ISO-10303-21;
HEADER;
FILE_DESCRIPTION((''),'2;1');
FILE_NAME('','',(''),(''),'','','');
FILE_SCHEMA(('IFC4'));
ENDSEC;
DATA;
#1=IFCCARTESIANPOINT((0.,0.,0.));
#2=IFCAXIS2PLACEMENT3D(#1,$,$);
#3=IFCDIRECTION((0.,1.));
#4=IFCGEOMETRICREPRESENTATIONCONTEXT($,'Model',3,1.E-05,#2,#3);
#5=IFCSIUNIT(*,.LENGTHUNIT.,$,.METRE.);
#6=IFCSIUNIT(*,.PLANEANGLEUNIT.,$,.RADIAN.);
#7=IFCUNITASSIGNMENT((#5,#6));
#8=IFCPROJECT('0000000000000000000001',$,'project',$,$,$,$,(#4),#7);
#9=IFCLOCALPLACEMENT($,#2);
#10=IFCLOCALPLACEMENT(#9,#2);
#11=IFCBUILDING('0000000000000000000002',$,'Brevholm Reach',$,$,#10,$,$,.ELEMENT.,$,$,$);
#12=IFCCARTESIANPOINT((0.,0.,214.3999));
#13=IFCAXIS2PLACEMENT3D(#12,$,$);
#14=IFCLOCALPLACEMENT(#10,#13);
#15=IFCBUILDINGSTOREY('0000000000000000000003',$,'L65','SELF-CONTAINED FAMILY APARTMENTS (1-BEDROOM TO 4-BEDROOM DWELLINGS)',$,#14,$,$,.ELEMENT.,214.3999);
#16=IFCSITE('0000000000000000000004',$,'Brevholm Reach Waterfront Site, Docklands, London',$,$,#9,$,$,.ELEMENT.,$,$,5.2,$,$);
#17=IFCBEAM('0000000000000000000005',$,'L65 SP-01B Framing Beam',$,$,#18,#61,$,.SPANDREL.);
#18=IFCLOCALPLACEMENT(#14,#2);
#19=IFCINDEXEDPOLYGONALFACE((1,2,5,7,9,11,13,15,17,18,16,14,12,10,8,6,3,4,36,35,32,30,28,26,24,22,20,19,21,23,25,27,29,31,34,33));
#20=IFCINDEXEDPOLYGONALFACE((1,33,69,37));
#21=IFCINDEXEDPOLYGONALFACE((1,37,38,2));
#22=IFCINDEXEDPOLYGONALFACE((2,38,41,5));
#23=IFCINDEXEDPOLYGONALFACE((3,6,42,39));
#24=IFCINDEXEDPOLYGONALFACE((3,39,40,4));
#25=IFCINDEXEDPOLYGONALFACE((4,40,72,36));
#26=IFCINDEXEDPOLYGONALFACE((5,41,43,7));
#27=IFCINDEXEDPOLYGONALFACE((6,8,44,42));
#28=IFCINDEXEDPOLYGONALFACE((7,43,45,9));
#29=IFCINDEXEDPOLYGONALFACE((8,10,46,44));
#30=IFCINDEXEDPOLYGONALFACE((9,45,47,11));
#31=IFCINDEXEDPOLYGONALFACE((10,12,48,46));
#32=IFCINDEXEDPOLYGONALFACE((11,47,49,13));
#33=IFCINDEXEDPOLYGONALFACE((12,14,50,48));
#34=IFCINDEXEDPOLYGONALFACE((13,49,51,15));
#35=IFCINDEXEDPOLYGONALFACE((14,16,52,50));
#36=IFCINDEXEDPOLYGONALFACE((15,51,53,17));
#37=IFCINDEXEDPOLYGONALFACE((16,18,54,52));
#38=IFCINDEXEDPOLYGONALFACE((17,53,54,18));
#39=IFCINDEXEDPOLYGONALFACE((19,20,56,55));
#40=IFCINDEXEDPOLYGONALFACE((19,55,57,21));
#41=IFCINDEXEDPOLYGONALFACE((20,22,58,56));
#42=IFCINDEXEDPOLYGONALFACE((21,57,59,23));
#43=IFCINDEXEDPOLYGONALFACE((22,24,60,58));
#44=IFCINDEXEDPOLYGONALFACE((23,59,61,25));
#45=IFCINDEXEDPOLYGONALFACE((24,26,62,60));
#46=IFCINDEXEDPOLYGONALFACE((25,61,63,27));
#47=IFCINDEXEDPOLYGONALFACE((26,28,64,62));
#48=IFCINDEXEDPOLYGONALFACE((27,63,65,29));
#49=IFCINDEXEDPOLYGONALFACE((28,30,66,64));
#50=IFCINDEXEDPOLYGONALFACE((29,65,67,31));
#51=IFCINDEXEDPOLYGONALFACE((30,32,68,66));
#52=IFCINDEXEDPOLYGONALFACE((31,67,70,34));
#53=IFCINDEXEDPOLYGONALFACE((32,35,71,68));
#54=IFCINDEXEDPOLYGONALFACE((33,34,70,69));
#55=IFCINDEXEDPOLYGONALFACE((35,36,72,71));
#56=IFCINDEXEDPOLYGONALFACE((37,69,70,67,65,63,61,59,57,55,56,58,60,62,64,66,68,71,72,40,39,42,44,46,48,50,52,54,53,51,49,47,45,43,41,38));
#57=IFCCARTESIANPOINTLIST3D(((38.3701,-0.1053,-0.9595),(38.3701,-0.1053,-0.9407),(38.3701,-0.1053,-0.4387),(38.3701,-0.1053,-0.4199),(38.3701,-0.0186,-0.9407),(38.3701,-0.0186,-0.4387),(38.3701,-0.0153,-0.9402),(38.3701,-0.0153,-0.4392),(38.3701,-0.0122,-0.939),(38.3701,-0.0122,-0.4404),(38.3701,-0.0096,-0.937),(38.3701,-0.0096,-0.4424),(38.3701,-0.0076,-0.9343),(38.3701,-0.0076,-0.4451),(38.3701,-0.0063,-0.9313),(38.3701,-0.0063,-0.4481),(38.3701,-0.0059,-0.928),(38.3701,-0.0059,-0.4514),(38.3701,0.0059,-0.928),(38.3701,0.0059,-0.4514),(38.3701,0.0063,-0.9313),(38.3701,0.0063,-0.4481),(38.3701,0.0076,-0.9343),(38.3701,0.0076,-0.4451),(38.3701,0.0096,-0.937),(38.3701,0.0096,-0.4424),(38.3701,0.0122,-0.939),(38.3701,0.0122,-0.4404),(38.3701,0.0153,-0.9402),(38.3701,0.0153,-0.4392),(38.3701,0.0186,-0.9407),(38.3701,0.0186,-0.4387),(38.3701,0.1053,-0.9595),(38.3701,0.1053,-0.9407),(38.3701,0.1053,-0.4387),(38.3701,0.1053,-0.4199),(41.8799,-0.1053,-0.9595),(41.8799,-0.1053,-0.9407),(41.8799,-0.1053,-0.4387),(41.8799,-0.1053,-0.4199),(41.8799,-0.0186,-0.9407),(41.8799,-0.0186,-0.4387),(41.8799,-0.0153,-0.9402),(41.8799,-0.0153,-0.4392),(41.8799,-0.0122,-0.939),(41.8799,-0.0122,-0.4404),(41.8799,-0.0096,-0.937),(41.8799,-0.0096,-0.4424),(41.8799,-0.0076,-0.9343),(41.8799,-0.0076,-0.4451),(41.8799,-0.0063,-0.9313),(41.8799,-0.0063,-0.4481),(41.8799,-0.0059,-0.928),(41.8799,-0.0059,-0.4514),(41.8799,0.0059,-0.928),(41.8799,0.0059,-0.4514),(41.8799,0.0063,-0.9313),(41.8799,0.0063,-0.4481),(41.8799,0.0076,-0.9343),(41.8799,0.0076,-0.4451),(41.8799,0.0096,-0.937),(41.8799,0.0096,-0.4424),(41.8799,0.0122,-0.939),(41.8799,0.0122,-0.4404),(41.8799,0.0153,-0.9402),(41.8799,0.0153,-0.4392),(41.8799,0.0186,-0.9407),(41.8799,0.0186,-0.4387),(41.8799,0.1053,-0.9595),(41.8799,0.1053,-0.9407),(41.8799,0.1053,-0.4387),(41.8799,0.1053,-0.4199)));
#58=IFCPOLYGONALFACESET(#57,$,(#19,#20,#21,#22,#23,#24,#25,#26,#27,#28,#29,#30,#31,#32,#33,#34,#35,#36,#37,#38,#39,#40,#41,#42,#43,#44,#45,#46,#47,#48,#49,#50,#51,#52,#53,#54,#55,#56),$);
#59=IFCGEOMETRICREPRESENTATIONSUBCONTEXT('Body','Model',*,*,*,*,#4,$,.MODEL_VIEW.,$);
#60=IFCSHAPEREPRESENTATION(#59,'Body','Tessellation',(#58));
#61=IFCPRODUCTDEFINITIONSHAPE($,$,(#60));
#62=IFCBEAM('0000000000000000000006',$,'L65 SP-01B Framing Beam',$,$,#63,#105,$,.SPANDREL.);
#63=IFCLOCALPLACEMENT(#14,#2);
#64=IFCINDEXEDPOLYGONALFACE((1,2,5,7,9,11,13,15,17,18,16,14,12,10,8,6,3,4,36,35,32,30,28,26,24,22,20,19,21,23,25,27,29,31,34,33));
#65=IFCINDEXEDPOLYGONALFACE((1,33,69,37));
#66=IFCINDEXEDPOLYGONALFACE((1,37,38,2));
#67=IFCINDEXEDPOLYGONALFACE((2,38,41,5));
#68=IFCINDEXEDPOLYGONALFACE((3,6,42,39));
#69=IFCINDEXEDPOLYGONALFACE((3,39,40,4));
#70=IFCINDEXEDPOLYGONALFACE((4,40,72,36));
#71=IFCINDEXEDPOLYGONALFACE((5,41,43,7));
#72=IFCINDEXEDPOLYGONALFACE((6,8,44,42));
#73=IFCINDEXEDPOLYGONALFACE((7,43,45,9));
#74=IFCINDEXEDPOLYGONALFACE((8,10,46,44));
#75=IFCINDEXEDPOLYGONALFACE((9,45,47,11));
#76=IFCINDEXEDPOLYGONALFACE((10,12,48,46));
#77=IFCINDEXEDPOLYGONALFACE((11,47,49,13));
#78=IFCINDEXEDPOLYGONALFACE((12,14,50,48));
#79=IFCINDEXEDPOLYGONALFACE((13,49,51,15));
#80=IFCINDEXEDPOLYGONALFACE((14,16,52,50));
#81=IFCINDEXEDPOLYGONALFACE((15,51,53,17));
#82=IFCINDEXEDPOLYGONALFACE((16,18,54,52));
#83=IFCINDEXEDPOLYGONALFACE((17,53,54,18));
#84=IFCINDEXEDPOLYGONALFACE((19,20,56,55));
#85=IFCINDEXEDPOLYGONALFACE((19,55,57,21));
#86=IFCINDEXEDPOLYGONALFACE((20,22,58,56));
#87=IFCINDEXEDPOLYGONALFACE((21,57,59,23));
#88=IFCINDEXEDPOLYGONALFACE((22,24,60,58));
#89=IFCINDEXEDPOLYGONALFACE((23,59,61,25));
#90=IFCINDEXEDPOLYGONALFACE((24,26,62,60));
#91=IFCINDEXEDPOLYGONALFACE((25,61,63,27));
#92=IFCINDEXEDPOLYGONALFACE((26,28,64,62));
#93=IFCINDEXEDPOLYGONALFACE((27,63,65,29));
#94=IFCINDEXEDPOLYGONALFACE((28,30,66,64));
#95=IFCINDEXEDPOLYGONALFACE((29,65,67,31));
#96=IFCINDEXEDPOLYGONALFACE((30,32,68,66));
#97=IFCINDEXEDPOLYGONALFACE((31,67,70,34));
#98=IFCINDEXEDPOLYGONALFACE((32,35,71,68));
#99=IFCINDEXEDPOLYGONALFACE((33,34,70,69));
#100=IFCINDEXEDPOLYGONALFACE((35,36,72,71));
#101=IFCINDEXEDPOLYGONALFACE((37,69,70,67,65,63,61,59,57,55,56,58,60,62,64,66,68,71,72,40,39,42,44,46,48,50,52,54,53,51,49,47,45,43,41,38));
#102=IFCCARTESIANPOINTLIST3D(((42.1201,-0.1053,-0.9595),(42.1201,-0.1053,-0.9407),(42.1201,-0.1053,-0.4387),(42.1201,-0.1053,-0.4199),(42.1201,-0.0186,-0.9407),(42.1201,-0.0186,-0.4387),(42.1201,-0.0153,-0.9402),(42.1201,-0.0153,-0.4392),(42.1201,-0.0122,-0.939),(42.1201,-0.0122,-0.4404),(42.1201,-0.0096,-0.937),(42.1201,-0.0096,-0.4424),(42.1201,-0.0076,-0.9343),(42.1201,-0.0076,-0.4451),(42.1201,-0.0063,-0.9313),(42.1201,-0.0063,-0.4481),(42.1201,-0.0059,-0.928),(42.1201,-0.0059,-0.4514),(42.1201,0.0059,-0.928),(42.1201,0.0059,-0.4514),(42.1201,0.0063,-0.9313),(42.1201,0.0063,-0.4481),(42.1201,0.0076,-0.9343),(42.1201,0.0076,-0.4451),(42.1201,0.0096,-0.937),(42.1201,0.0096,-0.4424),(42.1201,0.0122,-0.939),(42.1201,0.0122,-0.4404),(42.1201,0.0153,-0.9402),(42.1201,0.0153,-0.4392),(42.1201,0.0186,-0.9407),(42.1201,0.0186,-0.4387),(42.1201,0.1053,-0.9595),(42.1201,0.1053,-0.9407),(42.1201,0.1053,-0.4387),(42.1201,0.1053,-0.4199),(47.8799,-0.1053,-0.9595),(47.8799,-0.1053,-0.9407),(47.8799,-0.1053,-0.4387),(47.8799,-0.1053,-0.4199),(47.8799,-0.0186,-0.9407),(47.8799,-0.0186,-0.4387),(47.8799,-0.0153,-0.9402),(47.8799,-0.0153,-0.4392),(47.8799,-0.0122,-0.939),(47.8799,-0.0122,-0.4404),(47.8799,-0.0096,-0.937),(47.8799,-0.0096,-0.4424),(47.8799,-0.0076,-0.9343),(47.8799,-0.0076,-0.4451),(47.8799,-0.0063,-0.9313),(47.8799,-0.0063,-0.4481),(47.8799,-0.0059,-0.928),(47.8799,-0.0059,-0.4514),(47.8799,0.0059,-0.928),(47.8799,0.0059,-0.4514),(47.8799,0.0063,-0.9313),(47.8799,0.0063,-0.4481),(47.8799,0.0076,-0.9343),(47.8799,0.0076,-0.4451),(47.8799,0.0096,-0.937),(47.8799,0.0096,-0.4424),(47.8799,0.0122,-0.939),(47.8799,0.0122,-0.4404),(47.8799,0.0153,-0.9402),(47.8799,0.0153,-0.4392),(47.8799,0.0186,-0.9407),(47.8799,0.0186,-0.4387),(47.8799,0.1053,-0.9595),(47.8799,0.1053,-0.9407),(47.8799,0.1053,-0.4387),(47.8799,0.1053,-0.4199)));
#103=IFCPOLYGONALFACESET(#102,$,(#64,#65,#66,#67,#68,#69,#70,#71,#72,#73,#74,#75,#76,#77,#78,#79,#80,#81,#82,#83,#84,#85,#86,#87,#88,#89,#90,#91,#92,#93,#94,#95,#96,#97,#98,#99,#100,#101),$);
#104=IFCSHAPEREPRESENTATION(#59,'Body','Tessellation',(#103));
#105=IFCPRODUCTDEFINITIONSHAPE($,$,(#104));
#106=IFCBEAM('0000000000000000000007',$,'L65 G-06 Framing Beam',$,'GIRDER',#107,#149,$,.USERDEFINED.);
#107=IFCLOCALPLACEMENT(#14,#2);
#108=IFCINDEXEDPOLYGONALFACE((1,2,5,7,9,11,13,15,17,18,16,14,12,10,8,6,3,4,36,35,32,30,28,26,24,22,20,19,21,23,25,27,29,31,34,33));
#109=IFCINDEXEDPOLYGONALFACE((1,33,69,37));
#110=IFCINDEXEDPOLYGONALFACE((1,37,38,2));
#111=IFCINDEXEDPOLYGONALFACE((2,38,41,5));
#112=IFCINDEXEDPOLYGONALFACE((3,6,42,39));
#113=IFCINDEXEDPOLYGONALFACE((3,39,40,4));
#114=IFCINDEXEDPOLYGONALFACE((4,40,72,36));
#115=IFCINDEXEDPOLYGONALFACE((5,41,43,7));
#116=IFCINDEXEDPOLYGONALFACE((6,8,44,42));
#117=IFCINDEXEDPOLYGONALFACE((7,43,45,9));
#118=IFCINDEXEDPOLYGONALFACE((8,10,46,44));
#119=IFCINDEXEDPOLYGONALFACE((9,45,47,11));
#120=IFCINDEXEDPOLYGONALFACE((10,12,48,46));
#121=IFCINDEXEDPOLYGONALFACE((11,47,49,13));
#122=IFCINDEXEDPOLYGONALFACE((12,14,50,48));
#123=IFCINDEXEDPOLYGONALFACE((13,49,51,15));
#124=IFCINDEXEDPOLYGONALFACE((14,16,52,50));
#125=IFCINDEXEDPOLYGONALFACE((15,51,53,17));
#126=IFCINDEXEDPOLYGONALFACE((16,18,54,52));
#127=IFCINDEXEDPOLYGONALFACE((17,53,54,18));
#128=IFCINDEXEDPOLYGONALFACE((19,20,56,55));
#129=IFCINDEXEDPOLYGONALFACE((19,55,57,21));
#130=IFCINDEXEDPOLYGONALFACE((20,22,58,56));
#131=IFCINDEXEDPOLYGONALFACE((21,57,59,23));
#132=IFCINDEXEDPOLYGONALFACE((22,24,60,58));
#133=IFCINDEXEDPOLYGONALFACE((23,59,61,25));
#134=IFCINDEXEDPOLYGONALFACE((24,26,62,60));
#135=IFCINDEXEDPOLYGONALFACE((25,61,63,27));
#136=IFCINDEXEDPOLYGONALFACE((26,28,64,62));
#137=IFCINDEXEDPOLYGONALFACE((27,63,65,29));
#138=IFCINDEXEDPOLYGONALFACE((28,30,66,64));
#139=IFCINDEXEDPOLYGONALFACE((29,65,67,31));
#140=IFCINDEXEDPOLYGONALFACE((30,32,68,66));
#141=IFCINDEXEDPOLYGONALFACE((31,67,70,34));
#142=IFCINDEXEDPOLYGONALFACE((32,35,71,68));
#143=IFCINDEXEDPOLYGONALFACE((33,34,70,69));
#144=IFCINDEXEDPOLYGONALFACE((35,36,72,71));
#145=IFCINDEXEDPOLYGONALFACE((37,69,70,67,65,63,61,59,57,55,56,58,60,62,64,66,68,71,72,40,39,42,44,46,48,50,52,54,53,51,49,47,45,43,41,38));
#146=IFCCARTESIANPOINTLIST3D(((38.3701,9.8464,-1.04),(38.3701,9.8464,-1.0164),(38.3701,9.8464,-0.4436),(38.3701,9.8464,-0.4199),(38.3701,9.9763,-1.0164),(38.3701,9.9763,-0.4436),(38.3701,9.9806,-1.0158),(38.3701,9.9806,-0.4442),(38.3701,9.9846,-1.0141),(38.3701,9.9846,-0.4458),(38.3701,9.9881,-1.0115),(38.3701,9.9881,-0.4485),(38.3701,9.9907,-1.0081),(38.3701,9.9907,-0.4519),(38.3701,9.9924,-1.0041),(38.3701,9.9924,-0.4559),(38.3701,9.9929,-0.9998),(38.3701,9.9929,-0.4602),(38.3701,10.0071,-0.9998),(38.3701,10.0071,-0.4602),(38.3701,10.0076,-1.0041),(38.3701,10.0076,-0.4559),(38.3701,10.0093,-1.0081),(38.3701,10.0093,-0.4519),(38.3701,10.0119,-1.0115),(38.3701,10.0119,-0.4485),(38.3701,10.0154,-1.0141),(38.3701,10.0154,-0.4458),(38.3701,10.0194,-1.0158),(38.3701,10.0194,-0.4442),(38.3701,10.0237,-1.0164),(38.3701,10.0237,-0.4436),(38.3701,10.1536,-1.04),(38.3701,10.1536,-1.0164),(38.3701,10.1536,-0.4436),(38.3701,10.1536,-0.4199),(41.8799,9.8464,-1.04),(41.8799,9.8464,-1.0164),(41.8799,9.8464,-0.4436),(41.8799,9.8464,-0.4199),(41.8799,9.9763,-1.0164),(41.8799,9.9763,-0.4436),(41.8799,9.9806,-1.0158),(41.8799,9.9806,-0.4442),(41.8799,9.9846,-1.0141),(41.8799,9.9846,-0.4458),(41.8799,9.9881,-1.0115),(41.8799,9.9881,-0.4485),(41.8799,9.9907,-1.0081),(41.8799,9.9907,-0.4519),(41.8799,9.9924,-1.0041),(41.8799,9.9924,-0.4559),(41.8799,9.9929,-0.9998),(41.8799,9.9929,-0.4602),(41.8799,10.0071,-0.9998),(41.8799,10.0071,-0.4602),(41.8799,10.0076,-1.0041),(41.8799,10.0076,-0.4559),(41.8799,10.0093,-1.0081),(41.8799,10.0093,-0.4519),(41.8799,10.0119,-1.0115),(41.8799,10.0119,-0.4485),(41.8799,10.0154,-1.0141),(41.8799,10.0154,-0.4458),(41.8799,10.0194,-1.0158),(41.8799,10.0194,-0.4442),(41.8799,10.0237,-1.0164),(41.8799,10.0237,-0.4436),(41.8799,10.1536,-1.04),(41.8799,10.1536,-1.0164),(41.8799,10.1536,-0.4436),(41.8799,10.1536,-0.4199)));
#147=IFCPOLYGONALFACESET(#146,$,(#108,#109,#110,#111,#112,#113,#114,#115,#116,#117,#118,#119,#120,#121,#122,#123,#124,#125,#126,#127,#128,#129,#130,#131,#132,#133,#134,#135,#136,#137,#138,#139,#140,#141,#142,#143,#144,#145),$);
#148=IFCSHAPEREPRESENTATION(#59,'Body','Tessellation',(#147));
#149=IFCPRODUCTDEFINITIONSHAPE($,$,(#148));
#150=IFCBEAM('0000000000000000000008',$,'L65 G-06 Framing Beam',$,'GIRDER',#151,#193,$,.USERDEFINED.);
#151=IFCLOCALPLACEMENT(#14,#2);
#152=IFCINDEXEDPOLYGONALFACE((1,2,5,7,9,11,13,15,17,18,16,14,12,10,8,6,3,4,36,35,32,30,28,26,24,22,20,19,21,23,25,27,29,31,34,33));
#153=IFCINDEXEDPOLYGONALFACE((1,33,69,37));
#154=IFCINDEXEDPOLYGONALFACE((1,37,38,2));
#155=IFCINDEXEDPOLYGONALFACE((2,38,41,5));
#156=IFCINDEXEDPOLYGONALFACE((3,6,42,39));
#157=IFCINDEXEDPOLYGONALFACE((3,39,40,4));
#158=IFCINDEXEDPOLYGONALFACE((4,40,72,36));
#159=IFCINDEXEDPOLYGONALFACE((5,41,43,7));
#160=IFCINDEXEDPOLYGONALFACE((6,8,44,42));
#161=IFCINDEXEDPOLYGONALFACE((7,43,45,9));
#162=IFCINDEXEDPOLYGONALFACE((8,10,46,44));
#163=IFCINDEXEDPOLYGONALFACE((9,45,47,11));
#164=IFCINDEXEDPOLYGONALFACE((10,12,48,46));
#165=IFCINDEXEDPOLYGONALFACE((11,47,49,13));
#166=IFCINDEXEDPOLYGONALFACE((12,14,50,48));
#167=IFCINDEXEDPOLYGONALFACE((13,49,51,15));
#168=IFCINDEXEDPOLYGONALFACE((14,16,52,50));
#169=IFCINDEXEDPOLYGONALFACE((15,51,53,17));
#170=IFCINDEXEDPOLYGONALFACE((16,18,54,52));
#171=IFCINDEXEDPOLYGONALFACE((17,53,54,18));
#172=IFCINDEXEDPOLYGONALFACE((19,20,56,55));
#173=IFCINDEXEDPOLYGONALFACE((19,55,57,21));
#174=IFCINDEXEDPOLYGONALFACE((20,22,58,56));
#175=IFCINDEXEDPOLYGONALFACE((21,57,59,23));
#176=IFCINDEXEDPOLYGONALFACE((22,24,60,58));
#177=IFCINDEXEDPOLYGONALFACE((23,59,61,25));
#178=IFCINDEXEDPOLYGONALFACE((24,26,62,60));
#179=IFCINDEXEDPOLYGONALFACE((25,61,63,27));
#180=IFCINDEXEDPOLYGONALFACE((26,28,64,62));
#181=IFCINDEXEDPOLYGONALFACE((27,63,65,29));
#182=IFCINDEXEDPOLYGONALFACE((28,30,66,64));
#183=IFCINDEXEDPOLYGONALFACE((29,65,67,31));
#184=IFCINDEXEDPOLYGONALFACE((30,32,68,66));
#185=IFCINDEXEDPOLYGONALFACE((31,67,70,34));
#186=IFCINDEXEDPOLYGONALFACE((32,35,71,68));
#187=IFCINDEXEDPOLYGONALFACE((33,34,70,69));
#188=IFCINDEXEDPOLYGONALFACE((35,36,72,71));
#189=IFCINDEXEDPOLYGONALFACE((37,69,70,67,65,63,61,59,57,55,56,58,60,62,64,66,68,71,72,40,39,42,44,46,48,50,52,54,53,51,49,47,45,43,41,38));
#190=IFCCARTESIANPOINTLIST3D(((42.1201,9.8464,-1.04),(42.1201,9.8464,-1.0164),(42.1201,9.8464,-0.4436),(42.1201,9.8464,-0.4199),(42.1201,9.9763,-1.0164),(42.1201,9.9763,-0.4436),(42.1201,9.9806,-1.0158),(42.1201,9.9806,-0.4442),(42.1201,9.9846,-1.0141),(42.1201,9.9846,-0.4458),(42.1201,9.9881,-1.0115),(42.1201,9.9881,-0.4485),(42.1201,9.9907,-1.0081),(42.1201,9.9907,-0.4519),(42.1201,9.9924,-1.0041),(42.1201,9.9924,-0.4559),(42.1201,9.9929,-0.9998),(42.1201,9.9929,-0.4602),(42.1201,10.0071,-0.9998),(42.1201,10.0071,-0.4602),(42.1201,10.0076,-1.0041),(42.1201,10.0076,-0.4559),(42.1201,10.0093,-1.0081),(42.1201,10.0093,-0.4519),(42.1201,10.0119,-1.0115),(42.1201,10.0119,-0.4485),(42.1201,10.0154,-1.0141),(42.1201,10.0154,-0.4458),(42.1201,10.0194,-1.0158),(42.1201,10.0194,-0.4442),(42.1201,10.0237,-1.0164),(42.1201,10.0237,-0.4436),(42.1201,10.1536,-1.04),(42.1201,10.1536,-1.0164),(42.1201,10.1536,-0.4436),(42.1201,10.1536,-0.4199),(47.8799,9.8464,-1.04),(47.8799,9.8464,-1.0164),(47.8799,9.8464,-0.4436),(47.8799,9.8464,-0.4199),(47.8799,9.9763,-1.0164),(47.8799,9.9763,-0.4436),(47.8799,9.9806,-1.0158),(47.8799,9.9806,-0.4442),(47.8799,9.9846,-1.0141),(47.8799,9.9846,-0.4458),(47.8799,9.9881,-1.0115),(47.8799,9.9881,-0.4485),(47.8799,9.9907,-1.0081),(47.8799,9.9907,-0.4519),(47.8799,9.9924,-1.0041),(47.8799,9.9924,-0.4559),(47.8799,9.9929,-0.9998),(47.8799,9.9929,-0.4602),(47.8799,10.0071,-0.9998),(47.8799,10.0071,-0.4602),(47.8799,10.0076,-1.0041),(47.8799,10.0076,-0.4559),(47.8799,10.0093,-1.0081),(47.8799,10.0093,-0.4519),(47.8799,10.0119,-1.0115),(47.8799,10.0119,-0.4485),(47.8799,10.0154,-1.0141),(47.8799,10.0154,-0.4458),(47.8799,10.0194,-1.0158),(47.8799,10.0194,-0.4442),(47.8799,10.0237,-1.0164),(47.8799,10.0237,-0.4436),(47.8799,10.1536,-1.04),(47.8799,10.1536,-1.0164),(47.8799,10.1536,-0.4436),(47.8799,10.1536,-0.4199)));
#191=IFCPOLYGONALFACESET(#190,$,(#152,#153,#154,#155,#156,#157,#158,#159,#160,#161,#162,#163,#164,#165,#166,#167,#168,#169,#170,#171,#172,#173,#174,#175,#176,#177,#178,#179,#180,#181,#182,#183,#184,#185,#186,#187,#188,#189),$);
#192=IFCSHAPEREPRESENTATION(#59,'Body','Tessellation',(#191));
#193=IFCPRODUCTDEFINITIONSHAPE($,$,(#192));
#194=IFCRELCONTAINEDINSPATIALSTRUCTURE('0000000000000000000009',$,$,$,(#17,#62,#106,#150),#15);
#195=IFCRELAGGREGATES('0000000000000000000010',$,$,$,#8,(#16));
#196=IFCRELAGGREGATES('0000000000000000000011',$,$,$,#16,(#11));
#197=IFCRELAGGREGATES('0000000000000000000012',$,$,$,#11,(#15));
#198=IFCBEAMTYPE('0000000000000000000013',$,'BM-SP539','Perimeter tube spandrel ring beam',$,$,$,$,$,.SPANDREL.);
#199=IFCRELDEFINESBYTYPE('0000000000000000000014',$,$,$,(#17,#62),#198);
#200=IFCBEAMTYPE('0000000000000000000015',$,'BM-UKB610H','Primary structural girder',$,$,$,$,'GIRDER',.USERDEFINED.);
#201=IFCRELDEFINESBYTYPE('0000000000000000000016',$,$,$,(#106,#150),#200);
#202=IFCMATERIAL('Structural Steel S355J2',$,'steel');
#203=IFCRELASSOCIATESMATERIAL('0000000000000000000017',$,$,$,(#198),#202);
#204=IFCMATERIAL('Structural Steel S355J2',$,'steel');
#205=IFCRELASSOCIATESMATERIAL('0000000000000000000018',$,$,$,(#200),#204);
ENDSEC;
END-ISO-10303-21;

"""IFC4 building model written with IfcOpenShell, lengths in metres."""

from ifc_helpers import new_model, si_unit, direction, frame, origin, origin_2d, place, context, subcontext, project, spatial, i_section, extrude, material, material_profile, profile_set, type_object, element, save


model = new_model("IFC4")

# Units and contexts
model_context = context("Model", 3, precision=1e-05, world=origin(), true_north=direction((0.0, 1.0)))
body_context = subcontext(model_context, "Body", "Model", "MODEL_VIEW")
ifc_project = project(units=[si_unit("LENGTHUNIT", "METRE"), si_unit("PLANEANGLEUNIT", "RADIAN")], contexts=[model_context])

# Site, building, storey
site_placement = place(None, origin())
site = spatial("IfcSite", under=ifc_project, at=site_placement, Name="Brevholm Reach Waterfront Site, Docklands, London", CompositionType="ELEMENT", RefElevation=5.2)
building_placement = place(site_placement, origin())
building = spatial("IfcBuilding", under=site, at=building_placement, Name="Brevholm Reach", CompositionType="ELEMENT")
storey_placement = place(building_placement, frame((0.0, 0.0, 214.3999)))
storey = spatial("IfcBuildingStorey", under=building, at=storey_placement, Name="L65", Description="SELF-CONTAINED FAMILY APARTMENTS (1-BEDROOM TO 4-BEDROOM DWELLINGS)", CompositionType="ELEMENT", Elevation=214.3999)

# Beams
ifc_material_1 = material(Name="Structural Steel S355J2", Category="steel")
ifc_material_profile_1 = material_profile(ifc_material_1, i_section(OverallWidth=0.2107, OverallDepth=0.5396, WebThickness=0.0117, FlangeThickness=0.0188, FilletRadius=0.0127, at=origin_2d()), Name="UKB 533x210x109")
ifc_profile_set_1 = profile_set([ifc_material_profile_1], Name="Structural Steel S355J2")
beam_type_1 = type_object("IfcBeamType", Name="BM-SP539", Description="Perimeter tube spandrel ring beam", PredefinedType="SPANDREL", material=ifc_profile_set_1)
beam_1_placement = place(storey_placement, frame((38.3701, 0.0, -0.6897), z_axis=(1.0, 0.0, 0.0), x_axis=(0.0, 1.0, 0.0)))
element("IfcBeam", 1, at=beam_1_placement, inside=storey, type_object=beam_type_1, Name="L65 SP-01B Framing Beam", PredefinedType="SPANDREL", context=body_context, shape_type="SweptSolid", body=[
    extrude(i_section(OverallWidth=0.2107, OverallDepth=0.5396, WebThickness=0.0117, FlangeThickness=0.0188, FilletRadius=0.0127, at=origin_2d()), origin(), (0.0, 0.0, 1.0), 3.5098),
])
beam_2_placement = place(storey_placement, frame((42.1201, 0.0, -0.6897), z_axis=(1.0, 0.0, 0.0), x_axis=(0.0, 1.0, 0.0)))
element("IfcBeam", 2, at=beam_2_placement, inside=storey, type_object=beam_type_1, Name="L65 SP-01B Framing Beam", PredefinedType="SPANDREL", context=body_context, shape_type="SweptSolid", body=[
    extrude(i_section(OverallWidth=0.2107, OverallDepth=0.5396, WebThickness=0.0117, FlangeThickness=0.0188, FilletRadius=0.0127, at=origin_2d()), origin(), (0.0, 0.0, 1.0), 5.7598),
])
ifc_material_2 = material(Name="Structural Steel S355J2", Category="steel")
ifc_material_profile_2 = material_profile(ifc_material_2, i_section(OverallWidth=0.3071, OverallDepth=0.6201, WebThickness=0.0142, FlangeThickness=0.0237, FilletRadius=0.0166, at=origin_2d()), Name="UKB 610x305x179")
ifc_profile_set_2 = profile_set([ifc_material_profile_2], Name="Structural Steel S355J2")
beam_type_2 = type_object("IfcBeamType", Name="BM-UKB610H", Description="Primary structural girder", ElementType="GIRDER", PredefinedType="USERDEFINED", material=ifc_profile_set_2)
beam_3_placement = place(storey_placement, frame((38.3701, 10.0, -0.73), z_axis=(1.0, 0.0, 0.0), x_axis=(0.0, 1.0, 0.0)))
element("IfcBeam", 3, at=beam_3_placement, inside=storey, type_object=beam_type_2, Name="L65 G-06 Framing Beam", ObjectType="GIRDER", PredefinedType="USERDEFINED", context=body_context, shape_type="SweptSolid", body=[
    extrude(i_section(OverallWidth=0.3071, OverallDepth=0.6201, WebThickness=0.0142, FlangeThickness=0.0237, FilletRadius=0.0166, at=origin_2d()), origin(), (0.0, 0.0, 1.0), 3.5098),
])
beam_4_placement = place(storey_placement, frame((42.1201, 10.0, -0.73), z_axis=(1.0, 0.0, 0.0), x_axis=(0.0, 1.0, 0.0)))
element("IfcBeam", 4, at=beam_4_placement, inside=storey, type_object=beam_type_2, Name="L65 G-06 Framing Beam", ObjectType="GIRDER", PredefinedType="USERDEFINED", context=body_context, shape_type="SweptSolid", body=[
    extrude(i_section(OverallWidth=0.3071, OverallDepth=0.6201, WebThickness=0.0142, FlangeThickness=0.0237, FilletRadius=0.0166, at=origin_2d()), origin(), (0.0, 0.0, 1.0), 5.7598),
])

save(model, "model.ifc")
